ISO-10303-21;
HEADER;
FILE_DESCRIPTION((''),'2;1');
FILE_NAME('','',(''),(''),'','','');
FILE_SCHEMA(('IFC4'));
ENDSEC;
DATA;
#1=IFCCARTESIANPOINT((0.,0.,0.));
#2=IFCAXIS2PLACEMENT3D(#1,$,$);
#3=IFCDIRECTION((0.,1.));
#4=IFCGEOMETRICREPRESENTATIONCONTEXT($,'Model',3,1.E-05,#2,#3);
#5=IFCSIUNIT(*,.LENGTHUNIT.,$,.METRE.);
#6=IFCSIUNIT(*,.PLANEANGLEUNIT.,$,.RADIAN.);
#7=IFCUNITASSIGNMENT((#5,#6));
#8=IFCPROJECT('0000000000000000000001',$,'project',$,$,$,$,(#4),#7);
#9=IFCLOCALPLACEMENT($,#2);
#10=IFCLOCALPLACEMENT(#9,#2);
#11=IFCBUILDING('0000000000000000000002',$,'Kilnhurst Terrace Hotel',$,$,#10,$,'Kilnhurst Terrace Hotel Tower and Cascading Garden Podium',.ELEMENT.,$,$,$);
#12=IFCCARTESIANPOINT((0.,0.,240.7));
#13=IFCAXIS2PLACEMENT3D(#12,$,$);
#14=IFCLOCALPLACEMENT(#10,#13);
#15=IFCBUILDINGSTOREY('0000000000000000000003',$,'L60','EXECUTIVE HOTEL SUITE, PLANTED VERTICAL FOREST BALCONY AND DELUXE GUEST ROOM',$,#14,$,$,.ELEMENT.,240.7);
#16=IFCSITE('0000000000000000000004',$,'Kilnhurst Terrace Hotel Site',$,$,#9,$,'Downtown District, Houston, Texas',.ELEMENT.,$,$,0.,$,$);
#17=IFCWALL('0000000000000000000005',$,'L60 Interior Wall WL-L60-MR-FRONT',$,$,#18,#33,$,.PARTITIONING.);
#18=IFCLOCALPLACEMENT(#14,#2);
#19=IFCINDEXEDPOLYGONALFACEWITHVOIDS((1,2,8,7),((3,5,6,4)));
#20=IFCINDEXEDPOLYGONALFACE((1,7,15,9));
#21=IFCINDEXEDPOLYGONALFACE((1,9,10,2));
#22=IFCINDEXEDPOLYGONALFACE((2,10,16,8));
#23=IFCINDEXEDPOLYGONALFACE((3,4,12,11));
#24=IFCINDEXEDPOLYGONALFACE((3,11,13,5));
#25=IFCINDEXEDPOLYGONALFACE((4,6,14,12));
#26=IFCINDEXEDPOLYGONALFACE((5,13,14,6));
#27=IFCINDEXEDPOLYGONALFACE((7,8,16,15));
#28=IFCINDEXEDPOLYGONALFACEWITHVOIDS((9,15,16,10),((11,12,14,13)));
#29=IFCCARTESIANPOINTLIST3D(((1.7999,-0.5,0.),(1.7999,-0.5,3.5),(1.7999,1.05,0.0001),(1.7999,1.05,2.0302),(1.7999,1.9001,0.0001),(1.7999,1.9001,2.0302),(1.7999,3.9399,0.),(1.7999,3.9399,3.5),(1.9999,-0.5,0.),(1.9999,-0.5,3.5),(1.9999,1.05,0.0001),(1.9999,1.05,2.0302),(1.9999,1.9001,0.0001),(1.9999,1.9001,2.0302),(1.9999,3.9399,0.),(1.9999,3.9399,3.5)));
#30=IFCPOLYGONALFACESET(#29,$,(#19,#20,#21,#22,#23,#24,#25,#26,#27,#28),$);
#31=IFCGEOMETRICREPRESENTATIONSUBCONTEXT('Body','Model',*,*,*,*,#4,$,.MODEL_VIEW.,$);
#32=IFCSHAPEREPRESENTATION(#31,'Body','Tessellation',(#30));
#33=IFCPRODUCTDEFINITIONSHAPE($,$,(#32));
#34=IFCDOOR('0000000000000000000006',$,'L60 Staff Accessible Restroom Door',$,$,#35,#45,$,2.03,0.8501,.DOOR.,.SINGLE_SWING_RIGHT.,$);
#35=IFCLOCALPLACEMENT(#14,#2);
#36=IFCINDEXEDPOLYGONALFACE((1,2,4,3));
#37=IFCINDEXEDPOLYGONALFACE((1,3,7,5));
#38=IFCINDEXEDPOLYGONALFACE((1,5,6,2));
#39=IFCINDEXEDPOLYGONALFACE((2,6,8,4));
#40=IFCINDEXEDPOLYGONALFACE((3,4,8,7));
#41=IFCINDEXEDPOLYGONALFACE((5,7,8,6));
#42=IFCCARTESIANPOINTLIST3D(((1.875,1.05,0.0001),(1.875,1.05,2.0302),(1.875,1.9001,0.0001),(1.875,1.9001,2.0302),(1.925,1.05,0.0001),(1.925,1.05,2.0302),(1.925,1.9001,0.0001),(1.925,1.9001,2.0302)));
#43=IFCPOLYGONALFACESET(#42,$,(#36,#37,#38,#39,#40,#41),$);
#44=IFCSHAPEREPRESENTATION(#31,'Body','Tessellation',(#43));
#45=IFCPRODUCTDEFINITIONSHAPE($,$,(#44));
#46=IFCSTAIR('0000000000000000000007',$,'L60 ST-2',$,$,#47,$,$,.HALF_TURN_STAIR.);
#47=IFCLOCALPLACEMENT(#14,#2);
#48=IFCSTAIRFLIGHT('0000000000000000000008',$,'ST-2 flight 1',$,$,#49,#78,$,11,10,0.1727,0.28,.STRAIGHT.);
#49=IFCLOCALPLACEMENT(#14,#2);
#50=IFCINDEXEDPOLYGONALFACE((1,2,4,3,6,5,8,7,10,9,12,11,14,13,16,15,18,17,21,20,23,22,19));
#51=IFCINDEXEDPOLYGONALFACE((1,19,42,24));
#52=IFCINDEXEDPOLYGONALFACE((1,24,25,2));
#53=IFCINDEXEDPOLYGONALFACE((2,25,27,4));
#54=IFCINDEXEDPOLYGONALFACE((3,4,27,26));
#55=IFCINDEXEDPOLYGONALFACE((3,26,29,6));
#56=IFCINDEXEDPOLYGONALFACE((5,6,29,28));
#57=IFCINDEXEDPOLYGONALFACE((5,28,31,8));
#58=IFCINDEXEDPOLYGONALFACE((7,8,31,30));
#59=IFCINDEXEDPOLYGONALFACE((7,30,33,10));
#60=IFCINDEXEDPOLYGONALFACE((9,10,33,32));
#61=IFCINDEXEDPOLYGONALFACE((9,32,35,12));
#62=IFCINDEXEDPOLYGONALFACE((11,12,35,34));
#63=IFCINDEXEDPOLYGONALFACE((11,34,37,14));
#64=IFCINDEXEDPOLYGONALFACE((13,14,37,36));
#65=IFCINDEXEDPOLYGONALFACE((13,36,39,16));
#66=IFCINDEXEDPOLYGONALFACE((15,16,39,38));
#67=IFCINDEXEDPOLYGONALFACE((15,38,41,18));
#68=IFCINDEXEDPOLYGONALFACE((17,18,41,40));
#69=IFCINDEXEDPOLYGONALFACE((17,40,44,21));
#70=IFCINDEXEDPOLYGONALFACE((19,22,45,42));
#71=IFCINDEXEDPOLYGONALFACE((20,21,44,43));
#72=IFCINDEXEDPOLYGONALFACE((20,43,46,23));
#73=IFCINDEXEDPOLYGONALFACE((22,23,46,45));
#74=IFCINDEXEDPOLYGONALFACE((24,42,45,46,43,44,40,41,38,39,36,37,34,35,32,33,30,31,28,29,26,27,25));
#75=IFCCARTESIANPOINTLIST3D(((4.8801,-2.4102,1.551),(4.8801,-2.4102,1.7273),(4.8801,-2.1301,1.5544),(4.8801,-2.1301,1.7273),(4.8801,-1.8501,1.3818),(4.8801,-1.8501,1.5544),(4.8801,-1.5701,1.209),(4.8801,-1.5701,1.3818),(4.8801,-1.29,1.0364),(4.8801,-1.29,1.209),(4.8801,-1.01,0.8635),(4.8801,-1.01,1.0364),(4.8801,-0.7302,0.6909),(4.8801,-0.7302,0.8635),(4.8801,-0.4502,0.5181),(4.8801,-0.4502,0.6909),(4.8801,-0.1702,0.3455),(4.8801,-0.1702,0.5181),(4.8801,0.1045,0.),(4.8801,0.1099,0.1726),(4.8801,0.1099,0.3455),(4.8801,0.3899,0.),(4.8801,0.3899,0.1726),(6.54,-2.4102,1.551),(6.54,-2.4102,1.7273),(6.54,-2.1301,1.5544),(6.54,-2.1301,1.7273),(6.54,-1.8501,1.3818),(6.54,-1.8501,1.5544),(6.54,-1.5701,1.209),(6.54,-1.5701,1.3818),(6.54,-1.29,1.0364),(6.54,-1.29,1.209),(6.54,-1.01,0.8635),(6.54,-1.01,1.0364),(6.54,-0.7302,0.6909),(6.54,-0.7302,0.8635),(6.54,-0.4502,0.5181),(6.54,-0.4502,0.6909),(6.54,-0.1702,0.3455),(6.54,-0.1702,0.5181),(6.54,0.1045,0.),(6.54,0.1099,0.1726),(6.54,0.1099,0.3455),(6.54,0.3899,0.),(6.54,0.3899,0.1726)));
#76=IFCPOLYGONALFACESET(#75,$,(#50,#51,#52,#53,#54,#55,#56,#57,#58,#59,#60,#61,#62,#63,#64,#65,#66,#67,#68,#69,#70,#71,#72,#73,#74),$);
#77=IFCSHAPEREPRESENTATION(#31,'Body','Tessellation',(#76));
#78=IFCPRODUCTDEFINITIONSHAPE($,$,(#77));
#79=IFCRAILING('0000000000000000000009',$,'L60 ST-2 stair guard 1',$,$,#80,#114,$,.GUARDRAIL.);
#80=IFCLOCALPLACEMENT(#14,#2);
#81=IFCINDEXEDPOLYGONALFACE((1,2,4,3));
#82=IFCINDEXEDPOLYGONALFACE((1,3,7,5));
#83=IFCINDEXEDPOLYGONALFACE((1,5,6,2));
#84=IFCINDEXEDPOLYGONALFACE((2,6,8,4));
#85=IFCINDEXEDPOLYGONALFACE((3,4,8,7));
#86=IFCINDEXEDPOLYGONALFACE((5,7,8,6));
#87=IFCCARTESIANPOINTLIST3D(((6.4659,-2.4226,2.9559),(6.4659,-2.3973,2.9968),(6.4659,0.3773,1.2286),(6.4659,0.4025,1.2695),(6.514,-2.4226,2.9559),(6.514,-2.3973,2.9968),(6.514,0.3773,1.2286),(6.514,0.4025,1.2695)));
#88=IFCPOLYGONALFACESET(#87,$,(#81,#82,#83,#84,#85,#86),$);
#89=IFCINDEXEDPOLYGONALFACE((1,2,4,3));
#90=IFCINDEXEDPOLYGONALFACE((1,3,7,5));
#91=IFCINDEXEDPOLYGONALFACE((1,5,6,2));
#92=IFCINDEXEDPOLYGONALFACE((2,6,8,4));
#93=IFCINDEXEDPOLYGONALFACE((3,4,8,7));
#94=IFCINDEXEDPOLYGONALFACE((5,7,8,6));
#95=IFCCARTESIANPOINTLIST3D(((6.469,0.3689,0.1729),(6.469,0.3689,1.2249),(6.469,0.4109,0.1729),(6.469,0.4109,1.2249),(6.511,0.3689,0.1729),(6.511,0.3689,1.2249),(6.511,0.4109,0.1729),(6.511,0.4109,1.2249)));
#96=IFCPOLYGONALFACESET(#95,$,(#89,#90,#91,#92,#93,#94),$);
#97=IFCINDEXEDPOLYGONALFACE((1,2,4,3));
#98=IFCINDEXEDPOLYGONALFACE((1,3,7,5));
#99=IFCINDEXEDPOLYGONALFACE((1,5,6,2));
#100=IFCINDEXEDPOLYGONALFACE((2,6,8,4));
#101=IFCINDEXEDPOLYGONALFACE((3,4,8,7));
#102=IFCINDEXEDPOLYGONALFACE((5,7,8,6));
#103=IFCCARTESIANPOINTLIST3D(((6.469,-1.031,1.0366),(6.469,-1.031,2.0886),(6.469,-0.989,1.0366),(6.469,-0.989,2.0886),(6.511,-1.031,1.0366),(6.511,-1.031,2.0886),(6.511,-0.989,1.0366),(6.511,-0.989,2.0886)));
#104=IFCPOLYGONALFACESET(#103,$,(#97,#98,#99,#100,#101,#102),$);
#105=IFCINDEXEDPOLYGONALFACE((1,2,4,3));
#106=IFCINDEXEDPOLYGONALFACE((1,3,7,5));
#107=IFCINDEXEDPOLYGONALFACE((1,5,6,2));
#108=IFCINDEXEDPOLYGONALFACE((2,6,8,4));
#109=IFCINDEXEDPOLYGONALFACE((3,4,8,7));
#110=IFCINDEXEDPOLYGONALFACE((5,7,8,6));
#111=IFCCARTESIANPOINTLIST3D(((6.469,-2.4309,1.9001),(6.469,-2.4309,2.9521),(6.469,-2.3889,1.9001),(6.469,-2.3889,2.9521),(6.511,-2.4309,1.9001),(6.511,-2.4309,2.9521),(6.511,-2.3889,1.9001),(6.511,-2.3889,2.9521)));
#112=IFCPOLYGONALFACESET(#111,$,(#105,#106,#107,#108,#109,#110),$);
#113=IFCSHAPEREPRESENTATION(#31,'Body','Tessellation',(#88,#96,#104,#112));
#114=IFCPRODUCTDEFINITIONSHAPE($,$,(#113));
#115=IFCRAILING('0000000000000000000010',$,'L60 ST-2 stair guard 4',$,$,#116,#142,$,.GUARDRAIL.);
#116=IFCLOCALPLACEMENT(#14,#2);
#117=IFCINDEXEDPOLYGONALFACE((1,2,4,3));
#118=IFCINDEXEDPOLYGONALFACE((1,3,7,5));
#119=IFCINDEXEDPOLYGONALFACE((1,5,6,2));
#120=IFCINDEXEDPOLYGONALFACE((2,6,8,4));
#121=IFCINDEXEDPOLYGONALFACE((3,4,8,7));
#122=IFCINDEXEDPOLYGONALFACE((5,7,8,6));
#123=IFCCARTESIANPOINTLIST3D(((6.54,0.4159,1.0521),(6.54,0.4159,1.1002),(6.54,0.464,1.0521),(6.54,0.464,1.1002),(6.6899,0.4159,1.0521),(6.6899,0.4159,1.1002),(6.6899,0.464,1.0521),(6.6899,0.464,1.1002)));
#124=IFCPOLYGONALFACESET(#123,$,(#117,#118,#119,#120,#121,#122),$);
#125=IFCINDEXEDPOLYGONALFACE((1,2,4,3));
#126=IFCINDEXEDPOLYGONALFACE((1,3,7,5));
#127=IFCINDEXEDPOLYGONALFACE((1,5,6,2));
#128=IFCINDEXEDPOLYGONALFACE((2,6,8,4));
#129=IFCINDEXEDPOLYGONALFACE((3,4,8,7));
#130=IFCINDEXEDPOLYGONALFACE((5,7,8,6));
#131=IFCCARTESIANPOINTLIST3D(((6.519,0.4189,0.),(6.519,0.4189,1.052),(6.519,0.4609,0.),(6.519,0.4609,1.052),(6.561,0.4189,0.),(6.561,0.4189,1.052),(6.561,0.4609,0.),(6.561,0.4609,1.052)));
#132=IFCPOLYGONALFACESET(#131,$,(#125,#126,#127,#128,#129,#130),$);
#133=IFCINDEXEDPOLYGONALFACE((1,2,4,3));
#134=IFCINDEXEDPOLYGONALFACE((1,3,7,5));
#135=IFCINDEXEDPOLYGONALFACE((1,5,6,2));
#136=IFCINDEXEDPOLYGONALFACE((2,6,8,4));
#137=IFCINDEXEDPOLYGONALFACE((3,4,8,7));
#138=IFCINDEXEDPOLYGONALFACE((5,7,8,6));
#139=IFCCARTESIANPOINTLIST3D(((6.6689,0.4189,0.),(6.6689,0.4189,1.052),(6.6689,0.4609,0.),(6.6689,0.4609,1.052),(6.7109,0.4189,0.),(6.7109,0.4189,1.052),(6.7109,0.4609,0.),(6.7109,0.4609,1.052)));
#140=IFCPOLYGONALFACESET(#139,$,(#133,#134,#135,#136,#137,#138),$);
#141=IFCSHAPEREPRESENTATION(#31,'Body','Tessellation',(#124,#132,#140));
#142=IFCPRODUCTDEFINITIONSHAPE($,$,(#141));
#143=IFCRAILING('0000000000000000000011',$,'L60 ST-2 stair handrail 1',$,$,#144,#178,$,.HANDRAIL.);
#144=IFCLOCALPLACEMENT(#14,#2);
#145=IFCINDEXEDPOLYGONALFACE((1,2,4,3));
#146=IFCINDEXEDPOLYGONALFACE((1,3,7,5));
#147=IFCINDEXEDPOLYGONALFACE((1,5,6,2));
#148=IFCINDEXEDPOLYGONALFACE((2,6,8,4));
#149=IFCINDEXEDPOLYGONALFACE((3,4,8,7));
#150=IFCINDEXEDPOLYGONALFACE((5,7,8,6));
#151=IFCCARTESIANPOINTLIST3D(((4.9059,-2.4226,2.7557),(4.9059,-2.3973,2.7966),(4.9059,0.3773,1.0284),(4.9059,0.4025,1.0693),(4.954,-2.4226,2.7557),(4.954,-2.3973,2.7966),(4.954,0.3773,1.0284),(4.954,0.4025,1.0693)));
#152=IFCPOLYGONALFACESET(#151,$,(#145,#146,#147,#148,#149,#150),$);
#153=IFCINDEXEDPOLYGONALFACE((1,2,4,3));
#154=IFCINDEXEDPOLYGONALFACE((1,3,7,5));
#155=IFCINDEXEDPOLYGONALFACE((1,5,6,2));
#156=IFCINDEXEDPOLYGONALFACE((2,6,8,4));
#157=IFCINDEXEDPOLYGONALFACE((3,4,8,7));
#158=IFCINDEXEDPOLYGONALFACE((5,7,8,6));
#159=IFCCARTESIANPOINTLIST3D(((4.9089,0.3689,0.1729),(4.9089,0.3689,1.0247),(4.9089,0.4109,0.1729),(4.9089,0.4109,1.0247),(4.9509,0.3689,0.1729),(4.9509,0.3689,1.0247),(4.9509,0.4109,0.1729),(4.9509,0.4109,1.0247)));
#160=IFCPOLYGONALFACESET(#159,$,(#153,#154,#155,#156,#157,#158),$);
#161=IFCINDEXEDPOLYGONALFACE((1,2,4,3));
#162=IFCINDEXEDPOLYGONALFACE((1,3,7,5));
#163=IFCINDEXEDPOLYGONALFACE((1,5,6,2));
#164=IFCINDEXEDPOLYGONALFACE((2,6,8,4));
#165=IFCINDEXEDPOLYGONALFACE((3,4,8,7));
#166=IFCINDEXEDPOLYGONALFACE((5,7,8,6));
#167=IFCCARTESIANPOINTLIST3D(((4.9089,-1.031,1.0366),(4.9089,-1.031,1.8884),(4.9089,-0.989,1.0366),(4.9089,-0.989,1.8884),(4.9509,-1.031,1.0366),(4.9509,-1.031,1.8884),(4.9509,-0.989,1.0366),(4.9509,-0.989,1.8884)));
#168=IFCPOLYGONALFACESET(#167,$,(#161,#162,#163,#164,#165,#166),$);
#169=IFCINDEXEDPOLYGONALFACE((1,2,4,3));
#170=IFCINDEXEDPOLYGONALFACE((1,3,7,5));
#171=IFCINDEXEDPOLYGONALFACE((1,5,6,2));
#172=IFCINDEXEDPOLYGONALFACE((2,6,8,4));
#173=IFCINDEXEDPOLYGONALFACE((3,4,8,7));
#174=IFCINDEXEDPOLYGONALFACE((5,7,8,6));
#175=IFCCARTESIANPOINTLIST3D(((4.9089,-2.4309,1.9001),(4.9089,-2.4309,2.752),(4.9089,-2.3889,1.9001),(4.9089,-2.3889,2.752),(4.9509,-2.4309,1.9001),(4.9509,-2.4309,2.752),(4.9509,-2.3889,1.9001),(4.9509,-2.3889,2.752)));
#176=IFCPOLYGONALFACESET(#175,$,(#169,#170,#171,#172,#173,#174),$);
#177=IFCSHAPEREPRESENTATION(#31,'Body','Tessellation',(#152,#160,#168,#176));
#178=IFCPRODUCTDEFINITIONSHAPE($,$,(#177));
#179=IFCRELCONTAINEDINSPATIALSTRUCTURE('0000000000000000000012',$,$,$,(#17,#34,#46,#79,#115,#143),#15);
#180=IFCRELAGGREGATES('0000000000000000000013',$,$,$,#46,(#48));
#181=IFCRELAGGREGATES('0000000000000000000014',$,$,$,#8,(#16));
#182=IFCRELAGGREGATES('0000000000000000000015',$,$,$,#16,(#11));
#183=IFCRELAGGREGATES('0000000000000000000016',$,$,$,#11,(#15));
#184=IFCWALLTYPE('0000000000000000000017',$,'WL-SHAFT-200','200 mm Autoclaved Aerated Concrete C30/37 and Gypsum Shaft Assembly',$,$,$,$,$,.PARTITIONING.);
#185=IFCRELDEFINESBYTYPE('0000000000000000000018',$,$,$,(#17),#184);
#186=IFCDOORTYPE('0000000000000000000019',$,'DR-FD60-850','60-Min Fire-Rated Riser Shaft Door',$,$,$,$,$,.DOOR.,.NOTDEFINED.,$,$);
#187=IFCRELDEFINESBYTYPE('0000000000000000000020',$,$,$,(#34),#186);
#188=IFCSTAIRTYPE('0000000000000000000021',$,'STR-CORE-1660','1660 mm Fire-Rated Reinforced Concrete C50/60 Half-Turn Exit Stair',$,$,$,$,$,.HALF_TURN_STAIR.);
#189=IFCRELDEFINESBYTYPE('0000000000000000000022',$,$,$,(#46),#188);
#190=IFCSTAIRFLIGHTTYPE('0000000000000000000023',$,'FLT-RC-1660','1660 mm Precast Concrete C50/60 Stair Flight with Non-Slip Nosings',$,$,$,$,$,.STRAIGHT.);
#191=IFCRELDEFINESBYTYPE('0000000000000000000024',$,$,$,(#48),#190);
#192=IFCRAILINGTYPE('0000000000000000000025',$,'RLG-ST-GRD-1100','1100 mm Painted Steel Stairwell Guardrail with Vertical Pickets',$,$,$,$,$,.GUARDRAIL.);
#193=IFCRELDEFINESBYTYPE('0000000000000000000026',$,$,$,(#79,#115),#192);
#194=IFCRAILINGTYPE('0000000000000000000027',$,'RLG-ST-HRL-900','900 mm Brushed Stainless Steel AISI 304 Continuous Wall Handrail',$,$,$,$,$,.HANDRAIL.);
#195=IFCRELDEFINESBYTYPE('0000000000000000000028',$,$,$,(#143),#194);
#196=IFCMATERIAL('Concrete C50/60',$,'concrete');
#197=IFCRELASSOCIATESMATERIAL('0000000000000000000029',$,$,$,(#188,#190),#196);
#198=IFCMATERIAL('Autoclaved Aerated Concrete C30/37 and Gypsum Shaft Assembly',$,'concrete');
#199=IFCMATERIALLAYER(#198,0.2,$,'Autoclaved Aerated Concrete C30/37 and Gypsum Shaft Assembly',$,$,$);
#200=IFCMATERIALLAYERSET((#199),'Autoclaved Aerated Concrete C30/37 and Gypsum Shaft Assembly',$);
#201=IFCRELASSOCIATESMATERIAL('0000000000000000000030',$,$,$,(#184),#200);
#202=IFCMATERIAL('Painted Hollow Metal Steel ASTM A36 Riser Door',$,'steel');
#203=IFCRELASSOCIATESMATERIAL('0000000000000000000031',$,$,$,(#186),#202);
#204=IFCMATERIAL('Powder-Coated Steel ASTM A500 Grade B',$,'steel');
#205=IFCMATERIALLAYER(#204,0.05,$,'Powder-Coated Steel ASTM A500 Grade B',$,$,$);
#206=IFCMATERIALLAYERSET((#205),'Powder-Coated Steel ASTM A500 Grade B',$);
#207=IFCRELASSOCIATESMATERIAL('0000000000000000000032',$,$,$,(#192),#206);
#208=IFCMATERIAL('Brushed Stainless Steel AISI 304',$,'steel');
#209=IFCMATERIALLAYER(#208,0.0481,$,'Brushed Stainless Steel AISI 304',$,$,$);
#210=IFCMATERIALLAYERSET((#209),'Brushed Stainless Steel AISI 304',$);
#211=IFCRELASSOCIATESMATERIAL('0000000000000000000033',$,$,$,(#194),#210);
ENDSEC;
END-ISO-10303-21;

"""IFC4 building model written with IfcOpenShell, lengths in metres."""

from ifc_helpers import new_model, si_unit, direction, frame, frame_2d, origin, origin_2d, place, context, subcontext, project, spatial, polyline, rectangle, outline, extrude, material, layer, layer_set, type_object, element, fill, aggregate, save


model = new_model("IFC4")

# Units and contexts
model_context = context("Model", 3, precision=1e-05, world=origin(), true_north=direction((0.0, 1.0)))
body_context = subcontext(model_context, "Body", "Model", "MODEL_VIEW")
ifc_project = project(units=[si_unit("LENGTHUNIT", "METRE"), si_unit("PLANEANGLEUNIT", "RADIAN")], contexts=[model_context])

# Site, building, storey
site_placement = place(None, origin())
site = spatial("IfcSite", under=ifc_project, at=site_placement, Name="Kilnhurst Terrace Hotel Site", LongName="Downtown District, Houston, Texas", CompositionType="ELEMENT", RefElevation=0.0)
building_placement = place(site_placement, origin())
building = spatial("IfcBuilding", under=site, at=building_placement, Name="Kilnhurst Terrace Hotel", LongName="Kilnhurst Terrace Hotel Tower and Cascading Garden Podium", CompositionType="ELEMENT")
storey_placement = place(building_placement, frame((0.0, 0.0, 240.7)))
storey = spatial("IfcBuildingStorey", under=building, at=storey_placement, Name="L60", Description="EXECUTIVE HOTEL SUITE, PLANTED VERTICAL FOREST BALCONY AND DELUXE GUEST ROOM", CompositionType="ELEMENT", Elevation=240.7)

# Shared definitions
ifc_material_1 = material(Name="Concrete C50/60", Category="concrete")
stair_type = type_object("IfcStairType", Name="STR-CORE-1660", Description="1660 mm Fire-Rated Reinforced Concrete C50/60 Half-Turn Exit Stair", PredefinedType="HALF_TURN_STAIR", material=ifc_material_1)

# Shared definitions
ifc_material_2 = material(Name="Autoclaved Aerated Concrete C30/37 and Gypsum Shaft Assembly", Category="concrete")
ifc_layer_1 = layer(ifc_material_2, 0.2, Name="Autoclaved Aerated Concrete C30/37 and Gypsum Shaft Assembly")
ifc_layer_set_1 = layer_set([ifc_layer_1], Name="Autoclaved Aerated Concrete C30/37 and Gypsum Shaft Assembly")
wall_type_1 = type_object("IfcWallType", Name="WL-SHAFT-200", Description="200 mm Autoclaved Aerated Concrete C30/37 and Gypsum Shaft Assembly", PredefinedType="PARTITIONING", material=ifc_layer_set_1)
ifc_material_3 = material(Name="Painted Hollow Metal Steel ASTM A36 Riser Door", Category="steel")
door_type_1 = type_object("IfcDoorType", Name="DR-FD60-850", Description="60-Min Fire-Rated Riser Shaft Door", OperationType="NOTDEFINED", PredefinedType="DOOR", material=ifc_material_3)

# Wall, opening, door
wall_1_placement = place(storey_placement, frame((1.8999, -0.5, 0.0), z_axis=(0.0, 0.0, 1.0), x_axis=(0.0, 1.0, 0.0)))
wall_1 = element("IfcWall", 1, at=wall_1_placement, inside=storey, type_object=wall_type_1, Name="L60 Interior Wall WL-L60-MR-FRONT", PredefinedType="PARTITIONING", context=body_context, shape_type="SweptSolid", body=[
    extrude(rectangle(XDim=4.4399, YDim=0.2, at=frame_2d((2.22, 0.0))), origin(), (0.0, 0.0, 1.0), 3.5),
])
opening_1_placement = place(wall_1_placement, frame((1.55, 0.0, 0.0)))
opening_1 = element("IfcOpeningElement", 2, at=opening_1_placement, cuts=wall_1, PredefinedType="OPENING", context=body_context, shape_type="SweptSolid", body=[
    extrude(rectangle(XDim=0.8501, YDim=2.03, at=frame_2d((0.425, 1.0151))), frame((0.0, 0.1099, 0.0), z_axis=(0.0, -1.0, 0.0), x_axis=(1.0, 0.0, 0.0)), (0.0, 0.0, 1.0), 0.22),
])
door_1_placement = place(opening_1_placement, origin())
door_1 = element("IfcDoor", 3, at=door_1_placement, inside=storey, type_object=door_type_1, Name="L60 Staff Accessible Restroom Door", OperationType="SINGLE_SWING_RIGHT", OverallHeight=2.03, OverallWidth=0.8501, PredefinedType="DOOR", context=body_context, shape_type="SweptSolid", body=[
    extrude(rectangle(XDim=0.8501, YDim=2.03, at=frame_2d((0.425, 1.0151))), frame((0.0, 0.0249, 0.0), z_axis=(0.0, -1.0, 0.0), x_axis=(1.0, 0.0, 0.0)), (0.0, 0.0, 1.0), 0.05),
])
fill(opening_1, door_1)

# Stair, stair flight
stair_1_placement = place(storey_placement, origin())
stair_1 = element("IfcStair", 4, at=stair_1_placement, inside=storey, type_object=stair_type, Name="L60 ST-2", PredefinedType="HALF_TURN_STAIR")
stair_flight_type = type_object("IfcStairFlightType", Name="FLT-RC-1660", Description="1660 mm Precast Concrete C50/60 Stair Flight with Non-Slip Nosings", PredefinedType="STRAIGHT", material=ifc_material_1)
stair_flight_placement = place(storey_placement, frame((5.71, 0.3899, 0.0), z_axis=(0.0, 0.0, 1.0), x_axis=(0.0, -1.0, 0.0)))
stair_flight = element("IfcStairFlight", 5, at=stair_flight_placement, type_object=stair_flight_type, Name="ST-2 flight 1", NumberOfRisers=11, NumberOfTreads=10, PredefinedType="STRAIGHT", RiserHeight=0.1727, TreadLength=0.28, context=body_context, shape_type="SweptSolid", body=[
    extrude(outline(polyline([(0.0, 0.0), (0.0, 0.1726), (0.28, 0.1726), (0.28, 0.3455), (0.5601, 0.3455), (0.5601, 0.5181), (0.8401, 0.5181), (0.8401, 0.6909), (1.1201, 0.6909), (1.1201, 0.8635), (1.3999, 0.8635), (1.3999, 1.0364), (1.6799, 1.0364), (1.6799, 1.209), (1.96, 1.209), (1.96, 1.3818), (2.24, 1.3818), (2.24, 1.5544), (2.52, 1.5544), (2.52, 1.7273), (2.8, 1.7273), (2.8, 1.8999), (2.8, 1.551), (0.2854, 0.0), (0.0, 0.0)])), frame((0.0, 0.8301, 0.0), z_axis=(0.0, -1.0, 0.0), x_axis=(1.0, 0.0, 0.0)), (0.0, 0.0, 1.0), 1.6599),
])
aggregate(stair_1, [stair_flight])

# Railings
ifc_material_4 = material(Name="Powder-Coated Steel ASTM A500 Grade B", Category="steel")
ifc_layer_2 = layer(ifc_material_4, 0.05, Name="Powder-Coated Steel ASTM A500 Grade B")
ifc_layer_set_2 = layer_set([ifc_layer_2], Name="Powder-Coated Steel ASTM A500 Grade B")
railing_type_1 = type_object("IfcRailingType", Name="RLG-ST-GRD-1100", Description="1100 mm Painted Steel Stairwell Guardrail with Vertical Pickets", PredefinedType="GUARDRAIL", material=ifc_layer_set_2)
railing_1_placement = place(storey_placement, frame((6.49, 0.3899, 0.1729)))
element("IfcRailing", 6, at=railing_1_placement, inside=storey, type_object=railing_type_1, Name="L60 ST-2 stair guard 1", PredefinedType="GUARDRAIL", context=body_context, shape_type="SweptSolid", body=[
    extrude(rectangle(XDim=0.0481, YDim=0.0481, at=origin_2d()), frame((0.0, 0.0, 1.0762), z_axis=(0.0, -0.851069, 0.525054), x_axis=(1.0, 0.0, 0.0)), (0.0, 0.0, 1.0), 3.2898),
    extrude(rectangle(XDim=0.042, YDim=0.042, at=origin_2d()), origin(), (0.0, 0.0, 1.0), 1.052),
    extrude(rectangle(XDim=0.042, YDim=0.042, at=origin_2d()), frame((0.0, -1.3999, 0.8638)), (0.0, 0.0, 1.0), 1.052),
    extrude(rectangle(XDim=0.042, YDim=0.042, at=origin_2d()), frame((0.0, -2.7998, 1.7273)), (0.0, 0.0, 1.0), 1.052),
])
railing_2_placement = place(storey_placement, frame((6.54, 0.4399, 0.0)))
element("IfcRailing", 7, at=railing_2_placement, inside=storey, type_object=railing_type_1, Name="L60 ST-2 stair guard 4", PredefinedType="GUARDRAIL", context=body_context, shape_type="SweptSolid", body=[
    extrude(rectangle(XDim=0.0481, YDim=0.0481, at=origin_2d()), frame((0.0, 0.0, 1.0762), z_axis=(1.0, 0.0, 0.0), x_axis=(0.0, 1.0, 0.0)), (0.0, 0.0, 1.0), 0.1499),
    extrude(rectangle(XDim=0.042, YDim=0.042, at=origin_2d()), origin(), (0.0, 0.0, 1.0), 1.052),
    extrude(rectangle(XDim=0.042, YDim=0.042, at=origin_2d()), frame((0.1499, 0.0, 0.0)), (0.0, 0.0, 1.0), 1.052),
])
ifc_material_5 = material(Name="Brushed Stainless Steel AISI 304", Category="steel")
ifc_layer_3 = layer(ifc_material_5, 0.0481, Name="Brushed Stainless Steel AISI 304")
ifc_layer_set_3 = layer_set([ifc_layer_3], Name="Brushed Stainless Steel AISI 304")
railing_type_2 = type_object("IfcRailingType", Name="RLG-ST-HRL-900", Description="900 mm Brushed Stainless Steel AISI 304 Continuous Wall Handrail", PredefinedType="HANDRAIL", material=ifc_layer_set_3)
railing_3_placement = place(storey_placement, frame((4.9299, 0.3899, 0.1729)))
element("IfcRailing", 8, at=railing_3_placement, inside=storey, type_object=railing_type_2, Name="L60 ST-2 stair handrail 1", PredefinedType="HANDRAIL", context=body_context, shape_type="SweptSolid", body=[
    extrude(rectangle(XDim=0.0481, YDim=0.0481, at=origin_2d()), frame((0.0, 0.0, 0.876), z_axis=(0.0, -0.851069, 0.525054), x_axis=(1.0, 0.0, 0.0)), (0.0, 0.0, 1.0), 3.2898),
    extrude(rectangle(XDim=0.042, YDim=0.042, at=origin_2d()), origin(), (0.0, 0.0, 1.0), 0.8518),
    extrude(rectangle(XDim=0.042, YDim=0.042, at=origin_2d()), frame((0.0, -1.3999, 0.8638)), (0.0, 0.0, 1.0), 0.8518),
    extrude(rectangle(XDim=0.042, YDim=0.042, at=origin_2d()), frame((0.0, -2.7998, 1.7273)), (0.0, 0.0, 1.0), 0.8518),
])

save(model, "model.ifc")
